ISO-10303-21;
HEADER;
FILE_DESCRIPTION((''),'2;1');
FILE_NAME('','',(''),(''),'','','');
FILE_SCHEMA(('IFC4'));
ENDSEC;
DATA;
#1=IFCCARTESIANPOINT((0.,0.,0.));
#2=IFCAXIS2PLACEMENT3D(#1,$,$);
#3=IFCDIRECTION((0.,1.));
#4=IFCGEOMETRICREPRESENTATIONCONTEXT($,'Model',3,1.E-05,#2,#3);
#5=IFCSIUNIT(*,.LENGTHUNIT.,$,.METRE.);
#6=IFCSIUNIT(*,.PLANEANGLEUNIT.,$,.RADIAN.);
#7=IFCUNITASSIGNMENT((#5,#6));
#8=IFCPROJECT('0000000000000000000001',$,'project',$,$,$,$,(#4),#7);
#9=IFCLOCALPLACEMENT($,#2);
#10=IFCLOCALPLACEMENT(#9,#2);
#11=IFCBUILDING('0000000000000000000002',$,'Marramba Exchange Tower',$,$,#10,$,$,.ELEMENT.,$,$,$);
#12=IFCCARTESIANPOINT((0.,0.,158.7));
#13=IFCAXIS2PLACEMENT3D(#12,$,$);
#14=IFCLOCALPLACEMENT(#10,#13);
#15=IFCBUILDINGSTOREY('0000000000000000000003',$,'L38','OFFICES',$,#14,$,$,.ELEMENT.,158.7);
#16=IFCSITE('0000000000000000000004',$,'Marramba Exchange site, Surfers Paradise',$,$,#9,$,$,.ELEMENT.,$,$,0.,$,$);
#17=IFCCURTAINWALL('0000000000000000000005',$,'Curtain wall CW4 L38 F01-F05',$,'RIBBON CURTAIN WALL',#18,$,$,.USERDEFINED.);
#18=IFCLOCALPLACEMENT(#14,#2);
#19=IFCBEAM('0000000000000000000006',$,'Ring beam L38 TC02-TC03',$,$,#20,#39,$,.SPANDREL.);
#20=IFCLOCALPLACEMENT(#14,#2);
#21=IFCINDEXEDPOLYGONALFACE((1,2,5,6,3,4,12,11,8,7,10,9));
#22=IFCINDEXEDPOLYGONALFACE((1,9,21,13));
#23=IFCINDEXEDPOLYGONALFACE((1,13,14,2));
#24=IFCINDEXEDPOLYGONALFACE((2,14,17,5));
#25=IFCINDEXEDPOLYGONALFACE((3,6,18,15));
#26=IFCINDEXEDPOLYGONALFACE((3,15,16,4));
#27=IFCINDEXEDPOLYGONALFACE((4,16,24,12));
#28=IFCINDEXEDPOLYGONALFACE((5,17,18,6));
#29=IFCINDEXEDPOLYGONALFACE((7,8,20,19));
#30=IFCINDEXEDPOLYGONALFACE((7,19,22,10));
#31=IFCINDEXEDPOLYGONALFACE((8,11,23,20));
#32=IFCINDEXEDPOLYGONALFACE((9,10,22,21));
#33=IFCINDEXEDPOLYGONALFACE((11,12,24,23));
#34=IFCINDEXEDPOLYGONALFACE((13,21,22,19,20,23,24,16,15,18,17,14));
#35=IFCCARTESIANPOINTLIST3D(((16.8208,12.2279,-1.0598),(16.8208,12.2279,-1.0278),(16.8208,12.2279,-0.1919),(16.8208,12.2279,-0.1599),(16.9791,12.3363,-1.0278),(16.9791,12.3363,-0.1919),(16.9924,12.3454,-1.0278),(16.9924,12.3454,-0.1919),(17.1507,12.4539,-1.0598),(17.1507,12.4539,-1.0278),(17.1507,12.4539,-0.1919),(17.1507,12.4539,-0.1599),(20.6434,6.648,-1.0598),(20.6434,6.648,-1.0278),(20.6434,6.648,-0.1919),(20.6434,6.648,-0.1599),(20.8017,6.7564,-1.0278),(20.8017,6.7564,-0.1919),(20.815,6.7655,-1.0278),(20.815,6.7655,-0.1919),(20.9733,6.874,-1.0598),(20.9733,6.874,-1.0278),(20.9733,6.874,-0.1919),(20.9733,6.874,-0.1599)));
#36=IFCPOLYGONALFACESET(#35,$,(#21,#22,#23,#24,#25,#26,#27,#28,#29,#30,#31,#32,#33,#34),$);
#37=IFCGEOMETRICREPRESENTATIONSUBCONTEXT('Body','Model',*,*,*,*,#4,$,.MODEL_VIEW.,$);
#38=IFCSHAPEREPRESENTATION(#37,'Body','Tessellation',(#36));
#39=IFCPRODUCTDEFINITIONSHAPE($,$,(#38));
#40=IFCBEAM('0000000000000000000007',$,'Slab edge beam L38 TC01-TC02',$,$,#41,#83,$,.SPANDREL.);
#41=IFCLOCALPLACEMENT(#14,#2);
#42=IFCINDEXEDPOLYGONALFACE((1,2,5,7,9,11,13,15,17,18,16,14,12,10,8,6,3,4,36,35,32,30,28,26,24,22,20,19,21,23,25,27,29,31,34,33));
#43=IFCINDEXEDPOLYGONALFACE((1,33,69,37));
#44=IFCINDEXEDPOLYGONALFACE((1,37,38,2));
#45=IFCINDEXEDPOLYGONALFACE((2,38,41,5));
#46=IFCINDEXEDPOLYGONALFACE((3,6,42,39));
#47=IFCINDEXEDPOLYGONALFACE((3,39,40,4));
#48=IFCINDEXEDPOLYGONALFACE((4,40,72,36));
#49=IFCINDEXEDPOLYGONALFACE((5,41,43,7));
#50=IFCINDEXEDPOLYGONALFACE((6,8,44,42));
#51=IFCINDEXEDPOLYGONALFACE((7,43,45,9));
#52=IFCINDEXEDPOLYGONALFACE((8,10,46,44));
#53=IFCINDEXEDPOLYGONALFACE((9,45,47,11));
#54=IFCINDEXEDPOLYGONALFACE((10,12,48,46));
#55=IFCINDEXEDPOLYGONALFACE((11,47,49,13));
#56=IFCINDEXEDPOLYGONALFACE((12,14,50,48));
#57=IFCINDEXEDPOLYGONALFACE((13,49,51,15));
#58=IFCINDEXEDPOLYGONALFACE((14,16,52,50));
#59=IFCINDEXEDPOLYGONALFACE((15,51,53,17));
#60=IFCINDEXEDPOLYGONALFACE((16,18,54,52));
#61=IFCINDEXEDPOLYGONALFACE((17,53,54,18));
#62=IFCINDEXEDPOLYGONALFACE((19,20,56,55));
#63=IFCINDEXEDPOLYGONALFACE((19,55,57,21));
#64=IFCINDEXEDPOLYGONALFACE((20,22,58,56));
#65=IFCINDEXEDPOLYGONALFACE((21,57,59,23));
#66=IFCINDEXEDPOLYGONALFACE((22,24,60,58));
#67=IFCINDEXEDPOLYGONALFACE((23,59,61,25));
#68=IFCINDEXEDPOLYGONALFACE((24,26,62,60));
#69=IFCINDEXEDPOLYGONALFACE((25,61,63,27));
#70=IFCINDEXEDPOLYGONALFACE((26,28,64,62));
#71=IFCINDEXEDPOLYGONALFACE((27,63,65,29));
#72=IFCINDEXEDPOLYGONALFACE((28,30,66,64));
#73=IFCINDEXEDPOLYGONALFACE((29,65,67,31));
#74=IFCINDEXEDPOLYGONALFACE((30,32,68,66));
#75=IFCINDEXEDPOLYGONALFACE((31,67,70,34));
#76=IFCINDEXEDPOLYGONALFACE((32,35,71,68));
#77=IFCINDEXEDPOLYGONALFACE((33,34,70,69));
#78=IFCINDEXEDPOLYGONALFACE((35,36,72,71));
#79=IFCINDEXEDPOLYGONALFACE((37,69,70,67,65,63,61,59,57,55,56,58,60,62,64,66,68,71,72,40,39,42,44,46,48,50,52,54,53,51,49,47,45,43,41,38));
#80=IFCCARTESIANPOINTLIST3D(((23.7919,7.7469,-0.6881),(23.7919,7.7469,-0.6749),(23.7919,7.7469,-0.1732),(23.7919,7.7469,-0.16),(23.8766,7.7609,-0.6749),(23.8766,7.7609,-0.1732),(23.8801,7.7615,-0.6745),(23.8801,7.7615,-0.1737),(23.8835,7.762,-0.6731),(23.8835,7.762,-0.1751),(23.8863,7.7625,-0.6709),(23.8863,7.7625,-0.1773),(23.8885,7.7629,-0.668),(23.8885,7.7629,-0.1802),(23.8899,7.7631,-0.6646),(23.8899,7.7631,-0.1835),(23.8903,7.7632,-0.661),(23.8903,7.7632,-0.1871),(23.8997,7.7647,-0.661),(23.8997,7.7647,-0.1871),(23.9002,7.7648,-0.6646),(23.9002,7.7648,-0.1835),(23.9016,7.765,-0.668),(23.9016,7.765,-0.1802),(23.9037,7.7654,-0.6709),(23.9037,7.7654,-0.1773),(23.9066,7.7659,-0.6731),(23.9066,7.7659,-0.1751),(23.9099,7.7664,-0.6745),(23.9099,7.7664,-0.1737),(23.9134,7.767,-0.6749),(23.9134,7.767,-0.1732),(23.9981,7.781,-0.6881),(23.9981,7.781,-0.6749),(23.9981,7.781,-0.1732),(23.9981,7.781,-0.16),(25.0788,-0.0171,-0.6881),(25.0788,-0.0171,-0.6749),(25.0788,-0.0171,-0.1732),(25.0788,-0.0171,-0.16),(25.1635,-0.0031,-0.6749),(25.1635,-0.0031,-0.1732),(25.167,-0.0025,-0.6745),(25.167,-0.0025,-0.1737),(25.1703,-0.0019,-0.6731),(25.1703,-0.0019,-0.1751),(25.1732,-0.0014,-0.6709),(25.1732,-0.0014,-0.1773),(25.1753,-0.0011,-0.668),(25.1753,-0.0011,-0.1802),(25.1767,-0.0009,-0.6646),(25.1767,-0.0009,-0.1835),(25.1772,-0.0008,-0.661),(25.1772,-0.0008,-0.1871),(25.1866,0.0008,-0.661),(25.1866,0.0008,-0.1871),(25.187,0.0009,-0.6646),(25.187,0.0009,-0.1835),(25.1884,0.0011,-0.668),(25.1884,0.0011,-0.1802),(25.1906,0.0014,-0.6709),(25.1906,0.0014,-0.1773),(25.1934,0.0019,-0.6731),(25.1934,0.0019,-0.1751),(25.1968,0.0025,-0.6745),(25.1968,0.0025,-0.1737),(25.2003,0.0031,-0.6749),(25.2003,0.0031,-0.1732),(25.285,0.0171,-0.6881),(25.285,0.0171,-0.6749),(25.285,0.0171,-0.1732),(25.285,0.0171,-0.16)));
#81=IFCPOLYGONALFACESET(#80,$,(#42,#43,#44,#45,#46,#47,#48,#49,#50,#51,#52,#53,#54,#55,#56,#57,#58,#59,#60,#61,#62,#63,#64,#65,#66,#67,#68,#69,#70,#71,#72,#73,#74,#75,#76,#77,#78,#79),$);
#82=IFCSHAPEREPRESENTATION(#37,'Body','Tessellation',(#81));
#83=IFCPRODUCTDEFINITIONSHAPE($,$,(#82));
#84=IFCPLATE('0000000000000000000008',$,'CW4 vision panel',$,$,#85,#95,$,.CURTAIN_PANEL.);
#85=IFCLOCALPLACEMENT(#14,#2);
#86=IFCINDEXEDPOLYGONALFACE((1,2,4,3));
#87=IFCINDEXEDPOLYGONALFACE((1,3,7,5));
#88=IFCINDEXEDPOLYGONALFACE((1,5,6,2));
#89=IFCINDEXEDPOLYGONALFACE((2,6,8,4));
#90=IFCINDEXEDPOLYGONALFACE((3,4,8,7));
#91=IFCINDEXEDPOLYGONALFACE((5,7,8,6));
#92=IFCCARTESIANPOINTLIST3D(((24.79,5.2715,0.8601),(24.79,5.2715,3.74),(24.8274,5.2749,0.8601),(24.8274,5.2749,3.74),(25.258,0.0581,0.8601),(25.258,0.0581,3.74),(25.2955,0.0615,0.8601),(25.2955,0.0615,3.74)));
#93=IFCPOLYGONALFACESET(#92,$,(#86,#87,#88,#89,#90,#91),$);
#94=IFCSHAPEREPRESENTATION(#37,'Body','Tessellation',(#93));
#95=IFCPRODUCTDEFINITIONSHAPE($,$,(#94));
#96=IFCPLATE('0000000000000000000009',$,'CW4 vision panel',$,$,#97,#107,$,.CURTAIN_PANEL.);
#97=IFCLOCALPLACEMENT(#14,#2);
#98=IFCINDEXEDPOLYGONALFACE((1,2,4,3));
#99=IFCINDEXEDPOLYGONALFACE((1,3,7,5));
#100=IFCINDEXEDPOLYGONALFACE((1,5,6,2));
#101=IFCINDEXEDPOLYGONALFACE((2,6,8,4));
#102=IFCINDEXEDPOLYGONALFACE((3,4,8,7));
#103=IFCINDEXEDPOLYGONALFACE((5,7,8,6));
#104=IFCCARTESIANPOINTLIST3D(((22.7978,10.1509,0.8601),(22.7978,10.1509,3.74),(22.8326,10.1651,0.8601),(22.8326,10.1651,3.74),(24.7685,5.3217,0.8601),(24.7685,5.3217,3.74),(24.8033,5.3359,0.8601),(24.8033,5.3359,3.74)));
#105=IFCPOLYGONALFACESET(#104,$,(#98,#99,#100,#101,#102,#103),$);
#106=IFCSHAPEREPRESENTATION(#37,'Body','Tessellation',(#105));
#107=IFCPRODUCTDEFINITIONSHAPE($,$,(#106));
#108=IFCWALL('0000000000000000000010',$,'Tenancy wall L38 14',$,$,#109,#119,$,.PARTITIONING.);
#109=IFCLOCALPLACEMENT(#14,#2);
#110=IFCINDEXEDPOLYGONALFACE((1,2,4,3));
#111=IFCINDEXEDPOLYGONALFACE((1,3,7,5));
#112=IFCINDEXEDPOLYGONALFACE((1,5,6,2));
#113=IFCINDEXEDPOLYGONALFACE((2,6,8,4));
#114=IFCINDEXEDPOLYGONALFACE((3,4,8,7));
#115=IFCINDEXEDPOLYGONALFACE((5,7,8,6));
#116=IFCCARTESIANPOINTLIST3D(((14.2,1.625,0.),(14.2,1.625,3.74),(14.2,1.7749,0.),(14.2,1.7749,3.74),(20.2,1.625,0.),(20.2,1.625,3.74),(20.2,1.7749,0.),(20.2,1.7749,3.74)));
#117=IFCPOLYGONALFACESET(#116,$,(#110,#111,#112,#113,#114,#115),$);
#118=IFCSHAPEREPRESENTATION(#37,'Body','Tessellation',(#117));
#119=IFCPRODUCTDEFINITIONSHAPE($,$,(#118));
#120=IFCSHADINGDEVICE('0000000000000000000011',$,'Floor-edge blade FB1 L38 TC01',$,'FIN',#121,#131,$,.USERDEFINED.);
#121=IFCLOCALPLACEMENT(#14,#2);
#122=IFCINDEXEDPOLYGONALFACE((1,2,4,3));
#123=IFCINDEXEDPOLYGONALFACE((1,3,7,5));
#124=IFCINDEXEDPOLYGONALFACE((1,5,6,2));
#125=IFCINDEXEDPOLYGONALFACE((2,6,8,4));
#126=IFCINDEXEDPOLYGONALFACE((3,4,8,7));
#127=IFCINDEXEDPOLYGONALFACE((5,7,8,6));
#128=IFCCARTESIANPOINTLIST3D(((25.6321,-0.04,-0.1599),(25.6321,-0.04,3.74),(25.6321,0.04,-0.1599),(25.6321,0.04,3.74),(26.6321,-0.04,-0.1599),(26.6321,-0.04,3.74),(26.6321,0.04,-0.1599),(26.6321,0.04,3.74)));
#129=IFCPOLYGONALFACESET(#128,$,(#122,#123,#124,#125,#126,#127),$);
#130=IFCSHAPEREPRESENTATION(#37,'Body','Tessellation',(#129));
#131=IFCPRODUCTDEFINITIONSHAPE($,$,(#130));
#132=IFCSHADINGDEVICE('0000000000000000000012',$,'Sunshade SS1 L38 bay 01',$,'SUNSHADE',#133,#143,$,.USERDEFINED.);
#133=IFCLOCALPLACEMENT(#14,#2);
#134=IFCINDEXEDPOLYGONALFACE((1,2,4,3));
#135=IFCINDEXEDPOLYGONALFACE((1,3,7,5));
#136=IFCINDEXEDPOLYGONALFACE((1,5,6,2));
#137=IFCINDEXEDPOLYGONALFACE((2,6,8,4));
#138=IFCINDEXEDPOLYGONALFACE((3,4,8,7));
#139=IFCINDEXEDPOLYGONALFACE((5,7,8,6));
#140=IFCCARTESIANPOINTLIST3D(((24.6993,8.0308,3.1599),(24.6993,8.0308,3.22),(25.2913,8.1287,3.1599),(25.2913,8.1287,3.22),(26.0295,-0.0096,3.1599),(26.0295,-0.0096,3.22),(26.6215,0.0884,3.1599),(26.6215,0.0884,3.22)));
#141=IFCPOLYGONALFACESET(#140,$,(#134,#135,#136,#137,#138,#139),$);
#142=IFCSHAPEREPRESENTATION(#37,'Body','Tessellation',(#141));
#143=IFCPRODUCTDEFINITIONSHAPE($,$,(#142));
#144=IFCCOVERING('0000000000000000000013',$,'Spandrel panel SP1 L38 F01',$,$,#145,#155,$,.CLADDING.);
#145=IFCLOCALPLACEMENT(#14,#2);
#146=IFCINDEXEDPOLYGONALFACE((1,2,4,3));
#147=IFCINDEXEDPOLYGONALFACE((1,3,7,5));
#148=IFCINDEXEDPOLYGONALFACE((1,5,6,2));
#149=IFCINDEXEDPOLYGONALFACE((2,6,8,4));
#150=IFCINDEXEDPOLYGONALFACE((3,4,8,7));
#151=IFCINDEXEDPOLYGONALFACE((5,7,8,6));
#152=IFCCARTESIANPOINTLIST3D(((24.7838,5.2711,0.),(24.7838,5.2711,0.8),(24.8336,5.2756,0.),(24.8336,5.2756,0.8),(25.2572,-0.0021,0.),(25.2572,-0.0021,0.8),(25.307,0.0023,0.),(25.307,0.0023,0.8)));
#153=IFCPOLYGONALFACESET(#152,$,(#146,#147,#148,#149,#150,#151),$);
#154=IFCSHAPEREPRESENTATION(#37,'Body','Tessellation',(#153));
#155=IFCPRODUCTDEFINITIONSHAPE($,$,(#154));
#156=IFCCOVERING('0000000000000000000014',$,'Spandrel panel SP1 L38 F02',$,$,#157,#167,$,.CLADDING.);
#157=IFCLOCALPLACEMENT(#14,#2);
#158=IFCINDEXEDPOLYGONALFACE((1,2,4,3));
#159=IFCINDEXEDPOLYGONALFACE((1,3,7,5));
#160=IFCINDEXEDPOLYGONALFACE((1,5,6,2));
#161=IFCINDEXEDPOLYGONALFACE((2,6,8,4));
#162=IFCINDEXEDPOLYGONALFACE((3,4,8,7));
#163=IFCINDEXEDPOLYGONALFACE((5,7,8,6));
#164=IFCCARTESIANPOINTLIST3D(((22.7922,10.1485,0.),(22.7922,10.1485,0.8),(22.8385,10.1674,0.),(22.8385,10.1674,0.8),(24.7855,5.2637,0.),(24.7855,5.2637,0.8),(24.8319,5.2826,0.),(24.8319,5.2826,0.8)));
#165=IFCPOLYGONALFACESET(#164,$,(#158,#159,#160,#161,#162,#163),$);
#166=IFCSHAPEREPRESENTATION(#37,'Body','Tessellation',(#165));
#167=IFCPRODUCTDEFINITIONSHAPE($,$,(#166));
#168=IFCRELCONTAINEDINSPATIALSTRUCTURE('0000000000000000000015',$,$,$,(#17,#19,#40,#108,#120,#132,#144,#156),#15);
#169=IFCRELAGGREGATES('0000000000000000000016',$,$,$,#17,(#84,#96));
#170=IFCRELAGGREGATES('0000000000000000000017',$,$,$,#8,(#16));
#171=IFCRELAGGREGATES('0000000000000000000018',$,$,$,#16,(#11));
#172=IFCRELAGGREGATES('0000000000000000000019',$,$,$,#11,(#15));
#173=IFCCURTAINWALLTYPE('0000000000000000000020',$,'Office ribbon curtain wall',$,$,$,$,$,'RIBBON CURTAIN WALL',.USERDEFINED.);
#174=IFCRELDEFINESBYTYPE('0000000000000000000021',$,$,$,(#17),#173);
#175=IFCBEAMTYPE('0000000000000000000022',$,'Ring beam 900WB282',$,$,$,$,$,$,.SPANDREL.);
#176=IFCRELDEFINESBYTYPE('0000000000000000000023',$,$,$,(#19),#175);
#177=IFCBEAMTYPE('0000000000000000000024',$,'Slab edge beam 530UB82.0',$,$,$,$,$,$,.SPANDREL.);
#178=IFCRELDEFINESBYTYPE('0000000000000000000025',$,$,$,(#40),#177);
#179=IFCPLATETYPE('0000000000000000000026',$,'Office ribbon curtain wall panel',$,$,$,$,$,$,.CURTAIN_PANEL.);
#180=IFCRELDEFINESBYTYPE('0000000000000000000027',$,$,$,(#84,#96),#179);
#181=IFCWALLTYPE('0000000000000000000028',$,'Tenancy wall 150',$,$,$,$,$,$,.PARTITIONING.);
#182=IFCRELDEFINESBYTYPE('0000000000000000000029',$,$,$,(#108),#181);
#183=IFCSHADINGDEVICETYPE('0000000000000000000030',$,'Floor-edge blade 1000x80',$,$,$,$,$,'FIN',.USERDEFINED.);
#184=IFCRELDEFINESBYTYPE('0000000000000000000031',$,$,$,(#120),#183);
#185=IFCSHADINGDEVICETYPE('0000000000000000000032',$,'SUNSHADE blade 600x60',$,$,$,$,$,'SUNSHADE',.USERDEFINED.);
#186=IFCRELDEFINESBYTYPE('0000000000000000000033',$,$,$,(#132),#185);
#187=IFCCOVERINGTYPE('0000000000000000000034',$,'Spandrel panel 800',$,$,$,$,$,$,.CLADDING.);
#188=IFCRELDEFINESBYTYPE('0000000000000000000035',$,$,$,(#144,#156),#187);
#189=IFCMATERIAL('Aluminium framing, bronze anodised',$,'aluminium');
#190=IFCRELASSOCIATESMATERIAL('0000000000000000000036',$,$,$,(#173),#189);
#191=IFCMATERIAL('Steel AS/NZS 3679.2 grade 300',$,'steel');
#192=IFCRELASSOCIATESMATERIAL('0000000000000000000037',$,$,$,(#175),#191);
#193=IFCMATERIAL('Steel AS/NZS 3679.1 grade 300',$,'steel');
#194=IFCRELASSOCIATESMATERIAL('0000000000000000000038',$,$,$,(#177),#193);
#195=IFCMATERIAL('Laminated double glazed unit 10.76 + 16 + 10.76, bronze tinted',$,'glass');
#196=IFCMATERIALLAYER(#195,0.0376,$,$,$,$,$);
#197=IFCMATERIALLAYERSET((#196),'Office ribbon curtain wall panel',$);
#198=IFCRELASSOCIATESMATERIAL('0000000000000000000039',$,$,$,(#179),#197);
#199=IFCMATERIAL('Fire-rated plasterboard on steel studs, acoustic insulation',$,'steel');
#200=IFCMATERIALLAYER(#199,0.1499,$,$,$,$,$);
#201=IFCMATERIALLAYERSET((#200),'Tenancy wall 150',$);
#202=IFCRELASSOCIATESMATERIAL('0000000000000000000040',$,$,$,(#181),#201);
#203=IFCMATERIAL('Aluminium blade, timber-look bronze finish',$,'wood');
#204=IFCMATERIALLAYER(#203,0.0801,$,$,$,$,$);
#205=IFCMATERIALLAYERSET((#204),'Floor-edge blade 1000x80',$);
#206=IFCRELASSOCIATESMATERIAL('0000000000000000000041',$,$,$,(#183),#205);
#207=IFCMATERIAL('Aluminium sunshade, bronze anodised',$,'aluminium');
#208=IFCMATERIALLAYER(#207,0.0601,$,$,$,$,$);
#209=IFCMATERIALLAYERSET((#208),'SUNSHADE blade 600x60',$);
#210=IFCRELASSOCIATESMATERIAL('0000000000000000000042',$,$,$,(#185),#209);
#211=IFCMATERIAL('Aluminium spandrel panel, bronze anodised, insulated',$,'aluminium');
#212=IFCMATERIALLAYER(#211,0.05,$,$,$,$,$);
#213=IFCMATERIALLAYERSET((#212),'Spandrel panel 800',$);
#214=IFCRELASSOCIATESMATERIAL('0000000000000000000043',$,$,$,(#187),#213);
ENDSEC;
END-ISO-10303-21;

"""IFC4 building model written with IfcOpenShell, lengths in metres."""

from ifc_helpers import new_model, si_unit, direction, frame, frame_2d, origin, origin_2d, place, context, subcontext, project, spatial, rectangle, i_section, extrude, material, layer, layer_set, material_profile, profile_set, type_object, element, aggregate, save


model = new_model("IFC4")

# Units and contexts
model_context = context("Model", 3, precision=1e-05, world=origin(), true_north=direction((0.0, 1.0)))
body_context = subcontext(model_context, "Body", "Model", "MODEL_VIEW")
ifc_project = project(units=[si_unit("LENGTHUNIT", "METRE"), si_unit("PLANEANGLEUNIT", "RADIAN")], contexts=[model_context])

# Site, building, storey
site_placement = place(None, origin())
site = spatial("IfcSite", under=ifc_project, at=site_placement, Name="Marramba Exchange site, Surfers Paradise", CompositionType="ELEMENT", RefElevation=0.0)
building_placement = place(site_placement, origin())
building = spatial("IfcBuilding", under=site, at=building_placement, Name="Marramba Exchange Tower", CompositionType="ELEMENT")
storey_placement = place(building_placement, frame((0.0, 0.0, 158.7)))
storey = spatial("IfcBuildingStorey", under=building, at=storey_placement, Name="L38", Description="OFFICES", CompositionType="ELEMENT", Elevation=158.7)

# Shared definitions
ifc_material_1 = material(Name="Steel AS/NZS 3679.2 grade 300", Category="steel")
ifc_material_2 = material(Name="Steel AS/NZS 3679.1 grade 300", Category="steel")

# Curtain wall
ifc_material_3 = material(Name="Aluminium framing, bronze anodised", Category="aluminium")
curtain_wall_type = type_object("IfcCurtainWallType", Name="Office ribbon curtain wall", ElementType="RIBBON CURTAIN WALL", PredefinedType="USERDEFINED", material=ifc_material_3)
curtain_wall_placement = place(storey_placement, origin())
curtain_wall = element("IfcCurtainWall", 1, at=curtain_wall_placement, inside=storey, type_object=curtain_wall_type, Name="Curtain wall CW4 L38 F01-F05", ObjectType="RIBBON CURTAIN WALL", PredefinedType="USERDEFINED")

# Beams
ifc_material_profile_1 = material_profile(ifc_material_1, i_section(OverallWidth=0.3999, OverallDepth=0.8999, WebThickness=0.0161, FlangeThickness=0.032, at=origin_2d()), Name="900WB282")
ifc_profile_set_1 = profile_set([ifc_material_profile_1], Name="Steel AS/NZS 3679.2 grade 300")
beam_type_1 = type_object("IfcBeamType", Name="Ring beam 900WB282", PredefinedType="SPANDREL", material=ifc_profile_set_1)
beam_1_placement = place(storey_placement, frame((20.8083, 6.761, -0.6099), z_axis=(-0.56516, 0.824981, 0.0), x_axis=(-0.824981, -0.56516, 0.0)))
element("IfcBeam", 2, at=beam_1_placement, inside=storey, type_object=beam_type_1, Name="Ring beam L38 TC02-TC03", PredefinedType="SPANDREL", context=body_context, shape_type="SweptSolid", body=[
    extrude(i_section(OverallWidth=0.3999, OverallDepth=0.8999, WebThickness=0.0161, FlangeThickness=0.032, at=origin_2d()), origin(), (0.0, 0.0, 1.0), 6.7637),
])
ifc_material_profile_2 = material_profile(ifc_material_2, i_section(OverallWidth=0.209, OverallDepth=0.5281, WebThickness=0.0095, FlangeThickness=0.0132, FilletRadius=0.0139, at=origin_2d()), Name="530UB82.0")
ifc_profile_set_2 = profile_set([ifc_material_profile_2], Name="Steel AS/NZS 3679.1 grade 300")
beam_type_2 = type_object("IfcBeamType", Name="Slab edge beam 530UB82.0", PredefinedType="SPANDREL", material=ifc_profile_set_2)
beam_2_placement = place(storey_placement, frame((25.1819, 0.0, -0.4241), z_axis=(-0.163519, 0.98654, 0.0), x_axis=(-0.98654, -0.163519, 0.0)))
element("IfcBeam", 3, at=beam_2_placement, inside=storey, type_object=beam_type_2, Name="Slab edge beam L38 TC01-TC02", PredefinedType="SPANDREL", context=body_context, shape_type="SweptSolid", body=[
    extrude(i_section(OverallWidth=0.209, OverallDepth=0.5281, WebThickness=0.0095, FlangeThickness=0.0132, FilletRadius=0.0139, at=origin_2d()), origin(), (0.0, 0.0, 1.0), 7.8699),
])

# Plates
ifc_material_4 = material(Name="Laminated double glazed unit 10.76 + 16 + 10.76, bronze tinted", Category="glass")
ifc_layer_1 = layer(ifc_material_4, 0.0376)
ifc_layer_set_1 = layer_set([ifc_layer_1], Name="Office ribbon curtain wall panel")
plate_type = type_object("IfcPlateType", Name="Office ribbon curtain wall panel", PredefinedType="CURTAIN_PANEL", material=ifc_layer_set_1)
plate_1_placement = place(storey_placement, frame((25.0427, 2.6665, 0.8601), z_axis=(0.0, 0.0, 1.0), x_axis=(-0.089413, 0.995995, 0.0)))
plate_1 = element("IfcPlate", 4, at=plate_1_placement, type_object=plate_type, Name="CW4 vision panel", PredefinedType="CURTAIN_PANEL", context=body_context, shape_type="SweptSolid", body=[
    extrude(rectangle(XDim=5.2344, YDim=0.0376, at=origin_2d()), origin(), (0.0, 0.0, 1.0), 2.8799),
])
plate_2_placement = place(storey_placement, frame((23.8005, 7.7434, 0.8601), z_axis=(0.0, 0.0, 1.0), x_axis=(-0.377821, 0.925879, 0.0)))
plate_2 = element("IfcPlate", 5, at=plate_2_placement, type_object=plate_type, Name="CW4 vision panel", PredefinedType="CURTAIN_PANEL", context=body_context, shape_type="SweptSolid", body=[
    extrude(rectangle(XDim=5.2158, YDim=0.0376, at=origin_2d()), origin(), (0.0, 0.0, 1.0), 2.8799),
])
aggregate(curtain_wall, [plate_1, plate_2])

# Wall
ifc_material_5 = material(Name="Fire-rated plasterboard on steel studs, acoustic insulation", Category="steel")
ifc_layer_2 = layer(ifc_material_5, 0.1499)
ifc_layer_set_2 = layer_set([ifc_layer_2], Name="Tenancy wall 150")
wall_type = type_object("IfcWallType", Name="Tenancy wall 150", PredefinedType="PARTITIONING", material=ifc_layer_set_2)
wall_placement = place(storey_placement, frame((20.2, 1.7, 0.0), z_axis=(0.0, 0.0, 1.0), x_axis=(-1.0, 0.0, 0.0)))
element("IfcWall", 6, at=wall_placement, inside=storey, type_object=wall_type, Name="Tenancy wall L38 14", PredefinedType="PARTITIONING", context=body_context, shape_type="SweptSolid", body=[
    extrude(rectangle(XDim=6.0, YDim=0.1499, at=frame_2d((3.0, 0.0))), origin(), (0.0, 0.0, 1.0), 3.74),
])

# Shading devices
ifc_material_6 = material(Name="Aluminium blade, timber-look bronze finish", Category="wood")
ifc_layer_3 = layer(ifc_material_6, 0.0801)
ifc_layer_set_3 = layer_set([ifc_layer_3], Name="Floor-edge blade 1000x80")
shading_device_type_1 = type_object("IfcShadingDeviceType", Name="Floor-edge blade 1000x80", ElementType="FIN", PredefinedType="USERDEFINED", material=ifc_layer_set_3)
shading_device_1_placement = place(storey_placement, frame((26.1321, 0.0, -0.1599), z_axis=(0.0, 0.0, 1.0), x_axis=(1.0, 0.0, 0.0)))
element("IfcShadingDevice", 7, at=shading_device_1_placement, inside=storey, type_object=shading_device_type_1, Name="Floor-edge blade FB1 L38 TC01", ObjectType="FIN", PredefinedType="USERDEFINED", context=body_context, shape_type="SweptSolid", body=[
    extrude(rectangle(XDim=1.0, YDim=0.0801, at=origin_2d()), origin(), (0.0, 0.0, 1.0), 3.8999),
])
ifc_material_7 = material(Name="Aluminium sunshade, bronze anodised", Category="aluminium")
ifc_layer_4 = layer(ifc_material_7, 0.0601)
ifc_layer_set_4 = layer_set([ifc_layer_4], Name="SUNSHADE blade 600x60")
shading_device_type_2 = type_object("IfcShadingDeviceType", Name="SUNSHADE blade 600x60", ElementType="SUNSHADE", PredefinedType="USERDEFINED", material=ifc_layer_set_4)
shading_device_2_placement = place(storey_placement, frame((25.6604, 4.0596, 3.1599), z_axis=(0.0, 0.0, 1.0), x_axis=(-0.163228, 0.986588, 0.0)))
element("IfcShadingDevice", 8, at=shading_device_2_placement, inside=storey, type_object=shading_device_type_2, Name="Sunshade SS1 L38 bay 01", ObjectType="SUNSHADE", PredefinedType="USERDEFINED", context=body_context, shape_type="SweptSolid", body=[
    extrude(rectangle(XDim=8.1497, YDim=0.6001, at=origin_2d()), origin(), (0.0, 0.0, 1.0), 0.0601),
])

# Coverings
ifc_material_8 = material(Name="Aluminium spandrel panel, bronze anodised, insulated", Category="aluminium")
ifc_layer_5 = layer(ifc_material_8, 0.05)
ifc_layer_set_5 = layer_set([ifc_layer_5], Name="Spandrel panel 800")
covering_type = type_object("IfcCoveringType", Name="Spandrel panel 800", PredefinedType="CLADDING", material=ifc_layer_set_5)
covering_1_placement = place(storey_placement, frame((25.0454, 2.6367, 0.0), z_axis=(0.0, 0.0, 1.0), x_axis=(-0.089413, 0.995995, 0.0)))
element("IfcCovering", 9, at=covering_1_placement, inside=storey, type_object=covering_type, Name="Spandrel panel SP1 L38 F01", PredefinedType="CLADDING", context=body_context, shape_type="SweptSolid", body=[
    extrude(rectangle(XDim=5.2944, YDim=0.05, at=origin_2d()), origin(), (0.0, 0.0, 1.0), 0.8),
])
covering_2_placement = place(storey_placement, frame((23.812, 7.7156, 0.0), z_axis=(0.0, 0.0, 1.0), x_axis=(-0.377821, 0.925879, 0.0)))
element("IfcCovering", 10, at=covering_2_placement, inside=storey, type_object=covering_type, Name="Spandrel panel SP1 L38 F02", PredefinedType="CLADDING", context=body_context, shape_type="SweptSolid", body=[
    extrude(rectangle(XDim=5.2759, YDim=0.05, at=origin_2d()), origin(), (0.0, 0.0, 1.0), 0.8),
])

save(model, "model.ifc")
